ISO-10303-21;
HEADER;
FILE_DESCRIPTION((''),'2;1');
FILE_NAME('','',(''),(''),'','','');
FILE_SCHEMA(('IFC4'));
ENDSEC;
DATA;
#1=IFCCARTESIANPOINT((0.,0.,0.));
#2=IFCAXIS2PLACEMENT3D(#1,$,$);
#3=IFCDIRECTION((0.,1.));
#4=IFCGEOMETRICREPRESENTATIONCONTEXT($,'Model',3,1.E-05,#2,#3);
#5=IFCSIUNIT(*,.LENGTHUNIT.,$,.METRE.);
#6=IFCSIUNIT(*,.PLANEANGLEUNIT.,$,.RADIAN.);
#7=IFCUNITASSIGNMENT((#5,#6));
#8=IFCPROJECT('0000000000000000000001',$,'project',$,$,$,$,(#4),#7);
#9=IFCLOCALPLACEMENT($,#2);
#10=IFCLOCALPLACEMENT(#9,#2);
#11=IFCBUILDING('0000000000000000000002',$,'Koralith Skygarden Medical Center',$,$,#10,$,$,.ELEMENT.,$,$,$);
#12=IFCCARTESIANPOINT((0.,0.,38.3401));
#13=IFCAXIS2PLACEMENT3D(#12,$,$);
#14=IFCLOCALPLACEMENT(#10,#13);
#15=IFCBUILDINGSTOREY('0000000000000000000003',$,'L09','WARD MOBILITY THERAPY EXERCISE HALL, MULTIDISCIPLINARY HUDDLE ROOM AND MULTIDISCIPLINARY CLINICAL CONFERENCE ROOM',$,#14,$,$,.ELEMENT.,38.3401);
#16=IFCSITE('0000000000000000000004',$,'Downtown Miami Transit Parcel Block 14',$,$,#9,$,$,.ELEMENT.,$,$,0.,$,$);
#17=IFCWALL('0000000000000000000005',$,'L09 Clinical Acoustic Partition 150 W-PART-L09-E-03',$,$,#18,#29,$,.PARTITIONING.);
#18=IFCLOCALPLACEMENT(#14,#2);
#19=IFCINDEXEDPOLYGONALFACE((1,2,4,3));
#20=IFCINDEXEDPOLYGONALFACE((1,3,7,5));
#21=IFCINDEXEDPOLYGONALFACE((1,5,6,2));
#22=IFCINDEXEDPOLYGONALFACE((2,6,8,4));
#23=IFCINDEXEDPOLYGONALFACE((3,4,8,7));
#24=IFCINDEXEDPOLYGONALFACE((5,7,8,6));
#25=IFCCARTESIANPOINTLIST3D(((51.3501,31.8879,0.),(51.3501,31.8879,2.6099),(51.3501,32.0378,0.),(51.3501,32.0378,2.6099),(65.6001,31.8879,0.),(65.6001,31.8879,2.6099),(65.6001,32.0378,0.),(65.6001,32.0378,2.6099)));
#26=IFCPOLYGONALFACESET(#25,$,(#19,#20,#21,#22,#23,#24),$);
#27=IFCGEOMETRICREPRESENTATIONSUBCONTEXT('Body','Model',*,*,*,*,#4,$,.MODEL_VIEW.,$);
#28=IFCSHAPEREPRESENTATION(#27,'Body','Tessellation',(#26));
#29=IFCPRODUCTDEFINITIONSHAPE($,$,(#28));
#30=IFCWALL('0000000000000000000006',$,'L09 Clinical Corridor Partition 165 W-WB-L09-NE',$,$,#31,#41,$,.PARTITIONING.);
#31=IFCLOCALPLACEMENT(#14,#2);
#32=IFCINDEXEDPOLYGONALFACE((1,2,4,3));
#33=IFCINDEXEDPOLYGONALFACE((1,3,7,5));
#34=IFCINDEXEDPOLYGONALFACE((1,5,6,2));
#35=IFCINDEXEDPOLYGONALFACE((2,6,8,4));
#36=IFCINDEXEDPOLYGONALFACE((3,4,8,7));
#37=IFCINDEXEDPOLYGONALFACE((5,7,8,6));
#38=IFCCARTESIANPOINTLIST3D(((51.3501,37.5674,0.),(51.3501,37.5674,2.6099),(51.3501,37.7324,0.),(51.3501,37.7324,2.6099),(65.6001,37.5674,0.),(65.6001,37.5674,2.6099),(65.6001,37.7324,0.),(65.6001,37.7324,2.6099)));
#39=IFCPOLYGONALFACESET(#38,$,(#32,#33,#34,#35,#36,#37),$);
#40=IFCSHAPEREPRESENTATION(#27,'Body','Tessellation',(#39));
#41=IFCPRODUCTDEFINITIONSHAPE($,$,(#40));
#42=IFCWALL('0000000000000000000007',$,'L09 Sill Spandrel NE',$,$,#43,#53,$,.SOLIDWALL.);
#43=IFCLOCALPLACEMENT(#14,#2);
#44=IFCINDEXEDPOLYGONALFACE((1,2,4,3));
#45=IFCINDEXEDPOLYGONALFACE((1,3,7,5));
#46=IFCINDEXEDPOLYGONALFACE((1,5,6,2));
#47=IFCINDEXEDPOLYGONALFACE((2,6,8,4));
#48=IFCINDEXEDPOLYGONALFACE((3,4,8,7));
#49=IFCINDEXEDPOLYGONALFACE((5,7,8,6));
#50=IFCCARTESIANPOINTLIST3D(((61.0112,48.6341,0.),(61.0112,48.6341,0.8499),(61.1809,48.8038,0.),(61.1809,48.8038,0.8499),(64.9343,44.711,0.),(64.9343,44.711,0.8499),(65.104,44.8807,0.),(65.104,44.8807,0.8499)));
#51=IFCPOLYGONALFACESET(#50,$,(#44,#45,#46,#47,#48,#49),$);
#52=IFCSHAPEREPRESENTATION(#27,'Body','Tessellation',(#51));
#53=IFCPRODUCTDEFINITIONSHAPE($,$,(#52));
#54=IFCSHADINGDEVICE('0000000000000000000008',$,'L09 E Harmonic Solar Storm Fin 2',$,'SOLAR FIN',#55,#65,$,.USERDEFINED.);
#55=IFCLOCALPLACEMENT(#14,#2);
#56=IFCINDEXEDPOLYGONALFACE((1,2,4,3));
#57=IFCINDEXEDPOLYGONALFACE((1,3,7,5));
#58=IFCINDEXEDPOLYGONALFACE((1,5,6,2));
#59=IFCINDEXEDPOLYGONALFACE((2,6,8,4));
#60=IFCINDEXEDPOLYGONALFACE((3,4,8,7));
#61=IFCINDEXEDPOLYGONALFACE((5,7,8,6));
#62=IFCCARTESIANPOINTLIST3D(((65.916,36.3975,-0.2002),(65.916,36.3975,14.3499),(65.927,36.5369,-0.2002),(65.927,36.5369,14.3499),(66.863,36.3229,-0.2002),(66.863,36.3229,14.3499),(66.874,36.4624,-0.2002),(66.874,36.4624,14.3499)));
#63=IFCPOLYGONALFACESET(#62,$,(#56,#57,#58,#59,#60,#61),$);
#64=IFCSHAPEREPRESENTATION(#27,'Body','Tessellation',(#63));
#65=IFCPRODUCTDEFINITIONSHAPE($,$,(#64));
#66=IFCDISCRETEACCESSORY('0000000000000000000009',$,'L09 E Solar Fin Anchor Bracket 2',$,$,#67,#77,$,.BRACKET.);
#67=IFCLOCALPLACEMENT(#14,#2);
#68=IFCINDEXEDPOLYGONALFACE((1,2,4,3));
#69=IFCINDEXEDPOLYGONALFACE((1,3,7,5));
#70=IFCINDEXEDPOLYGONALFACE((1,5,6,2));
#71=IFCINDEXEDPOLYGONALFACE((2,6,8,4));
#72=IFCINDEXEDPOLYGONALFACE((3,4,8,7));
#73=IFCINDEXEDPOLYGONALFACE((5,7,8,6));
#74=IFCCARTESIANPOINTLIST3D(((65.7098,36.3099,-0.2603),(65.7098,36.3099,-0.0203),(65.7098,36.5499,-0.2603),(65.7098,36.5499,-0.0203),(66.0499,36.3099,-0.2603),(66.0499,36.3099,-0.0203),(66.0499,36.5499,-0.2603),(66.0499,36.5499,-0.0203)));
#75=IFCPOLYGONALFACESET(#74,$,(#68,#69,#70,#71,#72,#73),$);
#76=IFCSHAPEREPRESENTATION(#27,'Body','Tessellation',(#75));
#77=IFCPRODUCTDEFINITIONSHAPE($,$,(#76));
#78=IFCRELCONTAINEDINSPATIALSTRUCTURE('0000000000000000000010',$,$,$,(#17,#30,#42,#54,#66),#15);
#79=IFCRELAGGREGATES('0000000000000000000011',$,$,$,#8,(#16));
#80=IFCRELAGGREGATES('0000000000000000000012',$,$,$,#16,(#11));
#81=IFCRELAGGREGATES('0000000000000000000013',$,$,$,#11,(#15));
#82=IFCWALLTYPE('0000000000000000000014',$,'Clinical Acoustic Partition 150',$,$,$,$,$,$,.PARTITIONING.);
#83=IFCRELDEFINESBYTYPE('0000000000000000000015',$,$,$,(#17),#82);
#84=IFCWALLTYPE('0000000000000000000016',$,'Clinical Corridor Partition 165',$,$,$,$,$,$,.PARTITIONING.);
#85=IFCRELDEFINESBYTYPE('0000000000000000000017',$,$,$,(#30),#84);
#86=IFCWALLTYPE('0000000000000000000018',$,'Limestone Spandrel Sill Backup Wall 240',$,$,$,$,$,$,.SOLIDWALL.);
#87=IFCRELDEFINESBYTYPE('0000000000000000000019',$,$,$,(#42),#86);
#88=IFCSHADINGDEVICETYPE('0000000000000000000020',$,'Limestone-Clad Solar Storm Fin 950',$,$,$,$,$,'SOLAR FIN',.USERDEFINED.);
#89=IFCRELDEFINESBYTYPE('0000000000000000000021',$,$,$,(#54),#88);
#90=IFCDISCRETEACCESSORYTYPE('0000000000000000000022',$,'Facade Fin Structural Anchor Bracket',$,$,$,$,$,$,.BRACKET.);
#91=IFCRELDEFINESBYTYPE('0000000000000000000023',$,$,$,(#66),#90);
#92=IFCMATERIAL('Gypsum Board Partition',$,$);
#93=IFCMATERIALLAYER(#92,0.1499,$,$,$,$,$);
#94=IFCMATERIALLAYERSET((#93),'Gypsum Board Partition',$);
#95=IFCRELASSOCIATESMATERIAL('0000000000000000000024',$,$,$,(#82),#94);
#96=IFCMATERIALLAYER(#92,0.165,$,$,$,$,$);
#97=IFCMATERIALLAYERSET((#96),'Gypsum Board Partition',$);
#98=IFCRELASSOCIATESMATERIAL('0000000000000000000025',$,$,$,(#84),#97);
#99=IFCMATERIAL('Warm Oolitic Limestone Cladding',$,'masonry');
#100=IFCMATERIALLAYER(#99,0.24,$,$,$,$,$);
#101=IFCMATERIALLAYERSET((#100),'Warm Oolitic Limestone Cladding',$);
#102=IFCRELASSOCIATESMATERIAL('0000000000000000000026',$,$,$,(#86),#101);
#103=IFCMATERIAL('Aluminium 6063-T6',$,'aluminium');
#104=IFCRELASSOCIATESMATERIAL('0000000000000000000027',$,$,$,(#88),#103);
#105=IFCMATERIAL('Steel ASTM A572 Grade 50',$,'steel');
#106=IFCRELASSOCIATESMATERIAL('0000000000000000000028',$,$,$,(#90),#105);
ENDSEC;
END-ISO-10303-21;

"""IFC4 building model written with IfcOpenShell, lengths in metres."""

from ifc_helpers import new_model, si_unit, direction, frame, frame_2d, origin, origin_2d, place, context, subcontext, project, spatial, rectangle, extrude, material, layer, layer_set, type_object, element, save


model = new_model("IFC4")

# Units and contexts
model_context = context("Model", 3, precision=1e-05, world=origin(), true_north=direction((0.0, 1.0)))
body_context = subcontext(model_context, "Body", "Model", "MODEL_VIEW")
ifc_project = project(units=[si_unit("LENGTHUNIT", "METRE"), si_unit("PLANEANGLEUNIT", "RADIAN")], contexts=[model_context])

# Site, building, storey
site_placement = place(None, origin())
site = spatial("IfcSite", under=ifc_project, at=site_placement, Name="Downtown Miami Transit Parcel Block 14", CompositionType="ELEMENT", RefElevation=0.0)
building_placement = place(site_placement, origin())
building = spatial("IfcBuilding", under=site, at=building_placement, Name="Koralith Skygarden Medical Center", CompositionType="ELEMENT")
storey_placement = place(building_placement, frame((0.0, 0.0, 38.3401)))
storey = spatial("IfcBuildingStorey", under=building, at=storey_placement, Name="L09", Description="WARD MOBILITY THERAPY EXERCISE HALL, MULTIDISCIPLINARY HUDDLE ROOM AND MULTIDISCIPLINARY CLINICAL CONFERENCE ROOM", CompositionType="ELEMENT", Elevation=38.3401)

# Shared definitions
ifc_material_1 = material(Name="Aluminium 6063-T6", Category="aluminium")

# Shared definitions
ifc_material_2 = material(Name="Warm Oolitic Limestone Cladding", Category="masonry")

# Walls
ifc_material_3 = material(Name="Gypsum Board Partition")
ifc_layer_1 = layer(ifc_material_3, 0.1499)
ifc_layer_set_1 = layer_set([ifc_layer_1], Name="Gypsum Board Partition")
wall_type_1 = type_object("IfcWallType", Name="Clinical Acoustic Partition 150", PredefinedType="PARTITIONING", material=ifc_layer_set_1)
wall_1_placement = place(storey_placement, frame((51.3501, 31.9629, 0.0), z_axis=(0.0, 0.0, 1.0), x_axis=(1.0, 0.0, 0.0)))
element("IfcWall", 1, at=wall_1_placement, inside=storey, type_object=wall_type_1, Name="L09 Clinical Acoustic Partition 150 W-PART-L09-E-03", PredefinedType="PARTITIONING", context=body_context, shape_type="SweptSolid", body=[
    extrude(rectangle(XDim=14.25, YDim=0.1499, at=frame_2d((7.125, 0.0))), origin(), (0.0, 0.0, 1.0), 2.6099),
])
ifc_layer_2 = layer(ifc_material_3, 0.165)
ifc_layer_set_2 = layer_set([ifc_layer_2], Name="Gypsum Board Partition")
wall_type_2 = type_object("IfcWallType", Name="Clinical Corridor Partition 165", PredefinedType="PARTITIONING", material=ifc_layer_set_2)
wall_2_placement = place(storey_placement, frame((51.3501, 37.6499, 0.0), z_axis=(0.0, 0.0, 1.0), x_axis=(1.0, 0.0, 0.0)))
element("IfcWall", 2, at=wall_2_placement, inside=storey, type_object=wall_type_2, Name="L09 Clinical Corridor Partition 165 W-WB-L09-NE", PredefinedType="PARTITIONING", context=body_context, shape_type="SweptSolid", body=[
    extrude(rectangle(XDim=14.25, YDim=0.165, at=frame_2d((7.125, 0.0))), origin(), (0.0, 0.0, 1.0), 2.6099),
])

# Wall
ifc_layer_3 = layer(ifc_material_2, 0.24)
ifc_layer_set_3 = layer_set([ifc_layer_3], Name="Warm Oolitic Limestone Cladding")
wall_type_3 = type_object("IfcWallType", Name="Limestone Spandrel Sill Backup Wall 240", PredefinedType="SOLIDWALL", material=ifc_layer_set_3)
wall_3_placement = place(storey_placement, frame((65.019, 44.7959, 0.0), z_axis=(0.0, 0.0, 1.0), x_axis=(-0.707107, 0.707107, 0.0)))
element("IfcWall", 3, at=wall_3_placement, inside=storey, type_object=wall_type_3, Name="L09 Sill Spandrel NE", PredefinedType="SOLIDWALL", context=body_context, shape_type="SweptSolid", body=[
    extrude(rectangle(XDim=5.5481, YDim=0.24, at=frame_2d((2.7739, 0.0))), origin(), (0.0, 0.0, 1.0), 0.8499),
])

# Shading device
shading_device_type = type_object("IfcShadingDeviceType", Name="Limestone-Clad Solar Storm Fin 950", ElementType="SOLAR FIN", PredefinedType="USERDEFINED", material=ifc_material_1)
shading_device_placement = place(storey_placement, frame((66.395, 36.4299, -0.2002), z_axis=(0.0, 0.0, 1.0), x_axis=(0.996915, -0.078494, 0.0)))
element("IfcShadingDevice", 4, at=shading_device_placement, inside=storey, type_object=shading_device_type, Name="L09 E Harmonic Solar Storm Fin 2", ObjectType="SOLAR FIN", PredefinedType="USERDEFINED", context=body_context, shape_type="SweptSolid", body=[
    extrude(rectangle(XDim=0.95, YDim=0.1399, at=origin_2d()), origin(), (0.0, 0.0, 1.0), 14.55),
])

# Discrete accessory
ifc_material_4 = material(Name="Steel ASTM A572 Grade 50", Category="steel")
discrete_accessory_type = type_object("IfcDiscreteAccessoryType", Name="Facade Fin Structural Anchor Bracket", PredefinedType="BRACKET", material=ifc_material_4)
discrete_accessory_placement = place(storey_placement, frame((65.8799, 36.4299, -0.2603), z_axis=(0.0, 0.0, 1.0), x_axis=(1.0, 0.0, 0.0)))
element("IfcDiscreteAccessory", 5, at=discrete_accessory_placement, inside=storey, type_object=discrete_accessory_type, Name="L09 E Solar Fin Anchor Bracket 2", PredefinedType="BRACKET", context=body_context, shape_type="SweptSolid", body=[
    extrude(rectangle(XDim=0.3401, YDim=0.24, at=origin_2d()), origin(), (0.0, 0.0, 1.0), 0.24),
])

save(model, "model.ifc")
